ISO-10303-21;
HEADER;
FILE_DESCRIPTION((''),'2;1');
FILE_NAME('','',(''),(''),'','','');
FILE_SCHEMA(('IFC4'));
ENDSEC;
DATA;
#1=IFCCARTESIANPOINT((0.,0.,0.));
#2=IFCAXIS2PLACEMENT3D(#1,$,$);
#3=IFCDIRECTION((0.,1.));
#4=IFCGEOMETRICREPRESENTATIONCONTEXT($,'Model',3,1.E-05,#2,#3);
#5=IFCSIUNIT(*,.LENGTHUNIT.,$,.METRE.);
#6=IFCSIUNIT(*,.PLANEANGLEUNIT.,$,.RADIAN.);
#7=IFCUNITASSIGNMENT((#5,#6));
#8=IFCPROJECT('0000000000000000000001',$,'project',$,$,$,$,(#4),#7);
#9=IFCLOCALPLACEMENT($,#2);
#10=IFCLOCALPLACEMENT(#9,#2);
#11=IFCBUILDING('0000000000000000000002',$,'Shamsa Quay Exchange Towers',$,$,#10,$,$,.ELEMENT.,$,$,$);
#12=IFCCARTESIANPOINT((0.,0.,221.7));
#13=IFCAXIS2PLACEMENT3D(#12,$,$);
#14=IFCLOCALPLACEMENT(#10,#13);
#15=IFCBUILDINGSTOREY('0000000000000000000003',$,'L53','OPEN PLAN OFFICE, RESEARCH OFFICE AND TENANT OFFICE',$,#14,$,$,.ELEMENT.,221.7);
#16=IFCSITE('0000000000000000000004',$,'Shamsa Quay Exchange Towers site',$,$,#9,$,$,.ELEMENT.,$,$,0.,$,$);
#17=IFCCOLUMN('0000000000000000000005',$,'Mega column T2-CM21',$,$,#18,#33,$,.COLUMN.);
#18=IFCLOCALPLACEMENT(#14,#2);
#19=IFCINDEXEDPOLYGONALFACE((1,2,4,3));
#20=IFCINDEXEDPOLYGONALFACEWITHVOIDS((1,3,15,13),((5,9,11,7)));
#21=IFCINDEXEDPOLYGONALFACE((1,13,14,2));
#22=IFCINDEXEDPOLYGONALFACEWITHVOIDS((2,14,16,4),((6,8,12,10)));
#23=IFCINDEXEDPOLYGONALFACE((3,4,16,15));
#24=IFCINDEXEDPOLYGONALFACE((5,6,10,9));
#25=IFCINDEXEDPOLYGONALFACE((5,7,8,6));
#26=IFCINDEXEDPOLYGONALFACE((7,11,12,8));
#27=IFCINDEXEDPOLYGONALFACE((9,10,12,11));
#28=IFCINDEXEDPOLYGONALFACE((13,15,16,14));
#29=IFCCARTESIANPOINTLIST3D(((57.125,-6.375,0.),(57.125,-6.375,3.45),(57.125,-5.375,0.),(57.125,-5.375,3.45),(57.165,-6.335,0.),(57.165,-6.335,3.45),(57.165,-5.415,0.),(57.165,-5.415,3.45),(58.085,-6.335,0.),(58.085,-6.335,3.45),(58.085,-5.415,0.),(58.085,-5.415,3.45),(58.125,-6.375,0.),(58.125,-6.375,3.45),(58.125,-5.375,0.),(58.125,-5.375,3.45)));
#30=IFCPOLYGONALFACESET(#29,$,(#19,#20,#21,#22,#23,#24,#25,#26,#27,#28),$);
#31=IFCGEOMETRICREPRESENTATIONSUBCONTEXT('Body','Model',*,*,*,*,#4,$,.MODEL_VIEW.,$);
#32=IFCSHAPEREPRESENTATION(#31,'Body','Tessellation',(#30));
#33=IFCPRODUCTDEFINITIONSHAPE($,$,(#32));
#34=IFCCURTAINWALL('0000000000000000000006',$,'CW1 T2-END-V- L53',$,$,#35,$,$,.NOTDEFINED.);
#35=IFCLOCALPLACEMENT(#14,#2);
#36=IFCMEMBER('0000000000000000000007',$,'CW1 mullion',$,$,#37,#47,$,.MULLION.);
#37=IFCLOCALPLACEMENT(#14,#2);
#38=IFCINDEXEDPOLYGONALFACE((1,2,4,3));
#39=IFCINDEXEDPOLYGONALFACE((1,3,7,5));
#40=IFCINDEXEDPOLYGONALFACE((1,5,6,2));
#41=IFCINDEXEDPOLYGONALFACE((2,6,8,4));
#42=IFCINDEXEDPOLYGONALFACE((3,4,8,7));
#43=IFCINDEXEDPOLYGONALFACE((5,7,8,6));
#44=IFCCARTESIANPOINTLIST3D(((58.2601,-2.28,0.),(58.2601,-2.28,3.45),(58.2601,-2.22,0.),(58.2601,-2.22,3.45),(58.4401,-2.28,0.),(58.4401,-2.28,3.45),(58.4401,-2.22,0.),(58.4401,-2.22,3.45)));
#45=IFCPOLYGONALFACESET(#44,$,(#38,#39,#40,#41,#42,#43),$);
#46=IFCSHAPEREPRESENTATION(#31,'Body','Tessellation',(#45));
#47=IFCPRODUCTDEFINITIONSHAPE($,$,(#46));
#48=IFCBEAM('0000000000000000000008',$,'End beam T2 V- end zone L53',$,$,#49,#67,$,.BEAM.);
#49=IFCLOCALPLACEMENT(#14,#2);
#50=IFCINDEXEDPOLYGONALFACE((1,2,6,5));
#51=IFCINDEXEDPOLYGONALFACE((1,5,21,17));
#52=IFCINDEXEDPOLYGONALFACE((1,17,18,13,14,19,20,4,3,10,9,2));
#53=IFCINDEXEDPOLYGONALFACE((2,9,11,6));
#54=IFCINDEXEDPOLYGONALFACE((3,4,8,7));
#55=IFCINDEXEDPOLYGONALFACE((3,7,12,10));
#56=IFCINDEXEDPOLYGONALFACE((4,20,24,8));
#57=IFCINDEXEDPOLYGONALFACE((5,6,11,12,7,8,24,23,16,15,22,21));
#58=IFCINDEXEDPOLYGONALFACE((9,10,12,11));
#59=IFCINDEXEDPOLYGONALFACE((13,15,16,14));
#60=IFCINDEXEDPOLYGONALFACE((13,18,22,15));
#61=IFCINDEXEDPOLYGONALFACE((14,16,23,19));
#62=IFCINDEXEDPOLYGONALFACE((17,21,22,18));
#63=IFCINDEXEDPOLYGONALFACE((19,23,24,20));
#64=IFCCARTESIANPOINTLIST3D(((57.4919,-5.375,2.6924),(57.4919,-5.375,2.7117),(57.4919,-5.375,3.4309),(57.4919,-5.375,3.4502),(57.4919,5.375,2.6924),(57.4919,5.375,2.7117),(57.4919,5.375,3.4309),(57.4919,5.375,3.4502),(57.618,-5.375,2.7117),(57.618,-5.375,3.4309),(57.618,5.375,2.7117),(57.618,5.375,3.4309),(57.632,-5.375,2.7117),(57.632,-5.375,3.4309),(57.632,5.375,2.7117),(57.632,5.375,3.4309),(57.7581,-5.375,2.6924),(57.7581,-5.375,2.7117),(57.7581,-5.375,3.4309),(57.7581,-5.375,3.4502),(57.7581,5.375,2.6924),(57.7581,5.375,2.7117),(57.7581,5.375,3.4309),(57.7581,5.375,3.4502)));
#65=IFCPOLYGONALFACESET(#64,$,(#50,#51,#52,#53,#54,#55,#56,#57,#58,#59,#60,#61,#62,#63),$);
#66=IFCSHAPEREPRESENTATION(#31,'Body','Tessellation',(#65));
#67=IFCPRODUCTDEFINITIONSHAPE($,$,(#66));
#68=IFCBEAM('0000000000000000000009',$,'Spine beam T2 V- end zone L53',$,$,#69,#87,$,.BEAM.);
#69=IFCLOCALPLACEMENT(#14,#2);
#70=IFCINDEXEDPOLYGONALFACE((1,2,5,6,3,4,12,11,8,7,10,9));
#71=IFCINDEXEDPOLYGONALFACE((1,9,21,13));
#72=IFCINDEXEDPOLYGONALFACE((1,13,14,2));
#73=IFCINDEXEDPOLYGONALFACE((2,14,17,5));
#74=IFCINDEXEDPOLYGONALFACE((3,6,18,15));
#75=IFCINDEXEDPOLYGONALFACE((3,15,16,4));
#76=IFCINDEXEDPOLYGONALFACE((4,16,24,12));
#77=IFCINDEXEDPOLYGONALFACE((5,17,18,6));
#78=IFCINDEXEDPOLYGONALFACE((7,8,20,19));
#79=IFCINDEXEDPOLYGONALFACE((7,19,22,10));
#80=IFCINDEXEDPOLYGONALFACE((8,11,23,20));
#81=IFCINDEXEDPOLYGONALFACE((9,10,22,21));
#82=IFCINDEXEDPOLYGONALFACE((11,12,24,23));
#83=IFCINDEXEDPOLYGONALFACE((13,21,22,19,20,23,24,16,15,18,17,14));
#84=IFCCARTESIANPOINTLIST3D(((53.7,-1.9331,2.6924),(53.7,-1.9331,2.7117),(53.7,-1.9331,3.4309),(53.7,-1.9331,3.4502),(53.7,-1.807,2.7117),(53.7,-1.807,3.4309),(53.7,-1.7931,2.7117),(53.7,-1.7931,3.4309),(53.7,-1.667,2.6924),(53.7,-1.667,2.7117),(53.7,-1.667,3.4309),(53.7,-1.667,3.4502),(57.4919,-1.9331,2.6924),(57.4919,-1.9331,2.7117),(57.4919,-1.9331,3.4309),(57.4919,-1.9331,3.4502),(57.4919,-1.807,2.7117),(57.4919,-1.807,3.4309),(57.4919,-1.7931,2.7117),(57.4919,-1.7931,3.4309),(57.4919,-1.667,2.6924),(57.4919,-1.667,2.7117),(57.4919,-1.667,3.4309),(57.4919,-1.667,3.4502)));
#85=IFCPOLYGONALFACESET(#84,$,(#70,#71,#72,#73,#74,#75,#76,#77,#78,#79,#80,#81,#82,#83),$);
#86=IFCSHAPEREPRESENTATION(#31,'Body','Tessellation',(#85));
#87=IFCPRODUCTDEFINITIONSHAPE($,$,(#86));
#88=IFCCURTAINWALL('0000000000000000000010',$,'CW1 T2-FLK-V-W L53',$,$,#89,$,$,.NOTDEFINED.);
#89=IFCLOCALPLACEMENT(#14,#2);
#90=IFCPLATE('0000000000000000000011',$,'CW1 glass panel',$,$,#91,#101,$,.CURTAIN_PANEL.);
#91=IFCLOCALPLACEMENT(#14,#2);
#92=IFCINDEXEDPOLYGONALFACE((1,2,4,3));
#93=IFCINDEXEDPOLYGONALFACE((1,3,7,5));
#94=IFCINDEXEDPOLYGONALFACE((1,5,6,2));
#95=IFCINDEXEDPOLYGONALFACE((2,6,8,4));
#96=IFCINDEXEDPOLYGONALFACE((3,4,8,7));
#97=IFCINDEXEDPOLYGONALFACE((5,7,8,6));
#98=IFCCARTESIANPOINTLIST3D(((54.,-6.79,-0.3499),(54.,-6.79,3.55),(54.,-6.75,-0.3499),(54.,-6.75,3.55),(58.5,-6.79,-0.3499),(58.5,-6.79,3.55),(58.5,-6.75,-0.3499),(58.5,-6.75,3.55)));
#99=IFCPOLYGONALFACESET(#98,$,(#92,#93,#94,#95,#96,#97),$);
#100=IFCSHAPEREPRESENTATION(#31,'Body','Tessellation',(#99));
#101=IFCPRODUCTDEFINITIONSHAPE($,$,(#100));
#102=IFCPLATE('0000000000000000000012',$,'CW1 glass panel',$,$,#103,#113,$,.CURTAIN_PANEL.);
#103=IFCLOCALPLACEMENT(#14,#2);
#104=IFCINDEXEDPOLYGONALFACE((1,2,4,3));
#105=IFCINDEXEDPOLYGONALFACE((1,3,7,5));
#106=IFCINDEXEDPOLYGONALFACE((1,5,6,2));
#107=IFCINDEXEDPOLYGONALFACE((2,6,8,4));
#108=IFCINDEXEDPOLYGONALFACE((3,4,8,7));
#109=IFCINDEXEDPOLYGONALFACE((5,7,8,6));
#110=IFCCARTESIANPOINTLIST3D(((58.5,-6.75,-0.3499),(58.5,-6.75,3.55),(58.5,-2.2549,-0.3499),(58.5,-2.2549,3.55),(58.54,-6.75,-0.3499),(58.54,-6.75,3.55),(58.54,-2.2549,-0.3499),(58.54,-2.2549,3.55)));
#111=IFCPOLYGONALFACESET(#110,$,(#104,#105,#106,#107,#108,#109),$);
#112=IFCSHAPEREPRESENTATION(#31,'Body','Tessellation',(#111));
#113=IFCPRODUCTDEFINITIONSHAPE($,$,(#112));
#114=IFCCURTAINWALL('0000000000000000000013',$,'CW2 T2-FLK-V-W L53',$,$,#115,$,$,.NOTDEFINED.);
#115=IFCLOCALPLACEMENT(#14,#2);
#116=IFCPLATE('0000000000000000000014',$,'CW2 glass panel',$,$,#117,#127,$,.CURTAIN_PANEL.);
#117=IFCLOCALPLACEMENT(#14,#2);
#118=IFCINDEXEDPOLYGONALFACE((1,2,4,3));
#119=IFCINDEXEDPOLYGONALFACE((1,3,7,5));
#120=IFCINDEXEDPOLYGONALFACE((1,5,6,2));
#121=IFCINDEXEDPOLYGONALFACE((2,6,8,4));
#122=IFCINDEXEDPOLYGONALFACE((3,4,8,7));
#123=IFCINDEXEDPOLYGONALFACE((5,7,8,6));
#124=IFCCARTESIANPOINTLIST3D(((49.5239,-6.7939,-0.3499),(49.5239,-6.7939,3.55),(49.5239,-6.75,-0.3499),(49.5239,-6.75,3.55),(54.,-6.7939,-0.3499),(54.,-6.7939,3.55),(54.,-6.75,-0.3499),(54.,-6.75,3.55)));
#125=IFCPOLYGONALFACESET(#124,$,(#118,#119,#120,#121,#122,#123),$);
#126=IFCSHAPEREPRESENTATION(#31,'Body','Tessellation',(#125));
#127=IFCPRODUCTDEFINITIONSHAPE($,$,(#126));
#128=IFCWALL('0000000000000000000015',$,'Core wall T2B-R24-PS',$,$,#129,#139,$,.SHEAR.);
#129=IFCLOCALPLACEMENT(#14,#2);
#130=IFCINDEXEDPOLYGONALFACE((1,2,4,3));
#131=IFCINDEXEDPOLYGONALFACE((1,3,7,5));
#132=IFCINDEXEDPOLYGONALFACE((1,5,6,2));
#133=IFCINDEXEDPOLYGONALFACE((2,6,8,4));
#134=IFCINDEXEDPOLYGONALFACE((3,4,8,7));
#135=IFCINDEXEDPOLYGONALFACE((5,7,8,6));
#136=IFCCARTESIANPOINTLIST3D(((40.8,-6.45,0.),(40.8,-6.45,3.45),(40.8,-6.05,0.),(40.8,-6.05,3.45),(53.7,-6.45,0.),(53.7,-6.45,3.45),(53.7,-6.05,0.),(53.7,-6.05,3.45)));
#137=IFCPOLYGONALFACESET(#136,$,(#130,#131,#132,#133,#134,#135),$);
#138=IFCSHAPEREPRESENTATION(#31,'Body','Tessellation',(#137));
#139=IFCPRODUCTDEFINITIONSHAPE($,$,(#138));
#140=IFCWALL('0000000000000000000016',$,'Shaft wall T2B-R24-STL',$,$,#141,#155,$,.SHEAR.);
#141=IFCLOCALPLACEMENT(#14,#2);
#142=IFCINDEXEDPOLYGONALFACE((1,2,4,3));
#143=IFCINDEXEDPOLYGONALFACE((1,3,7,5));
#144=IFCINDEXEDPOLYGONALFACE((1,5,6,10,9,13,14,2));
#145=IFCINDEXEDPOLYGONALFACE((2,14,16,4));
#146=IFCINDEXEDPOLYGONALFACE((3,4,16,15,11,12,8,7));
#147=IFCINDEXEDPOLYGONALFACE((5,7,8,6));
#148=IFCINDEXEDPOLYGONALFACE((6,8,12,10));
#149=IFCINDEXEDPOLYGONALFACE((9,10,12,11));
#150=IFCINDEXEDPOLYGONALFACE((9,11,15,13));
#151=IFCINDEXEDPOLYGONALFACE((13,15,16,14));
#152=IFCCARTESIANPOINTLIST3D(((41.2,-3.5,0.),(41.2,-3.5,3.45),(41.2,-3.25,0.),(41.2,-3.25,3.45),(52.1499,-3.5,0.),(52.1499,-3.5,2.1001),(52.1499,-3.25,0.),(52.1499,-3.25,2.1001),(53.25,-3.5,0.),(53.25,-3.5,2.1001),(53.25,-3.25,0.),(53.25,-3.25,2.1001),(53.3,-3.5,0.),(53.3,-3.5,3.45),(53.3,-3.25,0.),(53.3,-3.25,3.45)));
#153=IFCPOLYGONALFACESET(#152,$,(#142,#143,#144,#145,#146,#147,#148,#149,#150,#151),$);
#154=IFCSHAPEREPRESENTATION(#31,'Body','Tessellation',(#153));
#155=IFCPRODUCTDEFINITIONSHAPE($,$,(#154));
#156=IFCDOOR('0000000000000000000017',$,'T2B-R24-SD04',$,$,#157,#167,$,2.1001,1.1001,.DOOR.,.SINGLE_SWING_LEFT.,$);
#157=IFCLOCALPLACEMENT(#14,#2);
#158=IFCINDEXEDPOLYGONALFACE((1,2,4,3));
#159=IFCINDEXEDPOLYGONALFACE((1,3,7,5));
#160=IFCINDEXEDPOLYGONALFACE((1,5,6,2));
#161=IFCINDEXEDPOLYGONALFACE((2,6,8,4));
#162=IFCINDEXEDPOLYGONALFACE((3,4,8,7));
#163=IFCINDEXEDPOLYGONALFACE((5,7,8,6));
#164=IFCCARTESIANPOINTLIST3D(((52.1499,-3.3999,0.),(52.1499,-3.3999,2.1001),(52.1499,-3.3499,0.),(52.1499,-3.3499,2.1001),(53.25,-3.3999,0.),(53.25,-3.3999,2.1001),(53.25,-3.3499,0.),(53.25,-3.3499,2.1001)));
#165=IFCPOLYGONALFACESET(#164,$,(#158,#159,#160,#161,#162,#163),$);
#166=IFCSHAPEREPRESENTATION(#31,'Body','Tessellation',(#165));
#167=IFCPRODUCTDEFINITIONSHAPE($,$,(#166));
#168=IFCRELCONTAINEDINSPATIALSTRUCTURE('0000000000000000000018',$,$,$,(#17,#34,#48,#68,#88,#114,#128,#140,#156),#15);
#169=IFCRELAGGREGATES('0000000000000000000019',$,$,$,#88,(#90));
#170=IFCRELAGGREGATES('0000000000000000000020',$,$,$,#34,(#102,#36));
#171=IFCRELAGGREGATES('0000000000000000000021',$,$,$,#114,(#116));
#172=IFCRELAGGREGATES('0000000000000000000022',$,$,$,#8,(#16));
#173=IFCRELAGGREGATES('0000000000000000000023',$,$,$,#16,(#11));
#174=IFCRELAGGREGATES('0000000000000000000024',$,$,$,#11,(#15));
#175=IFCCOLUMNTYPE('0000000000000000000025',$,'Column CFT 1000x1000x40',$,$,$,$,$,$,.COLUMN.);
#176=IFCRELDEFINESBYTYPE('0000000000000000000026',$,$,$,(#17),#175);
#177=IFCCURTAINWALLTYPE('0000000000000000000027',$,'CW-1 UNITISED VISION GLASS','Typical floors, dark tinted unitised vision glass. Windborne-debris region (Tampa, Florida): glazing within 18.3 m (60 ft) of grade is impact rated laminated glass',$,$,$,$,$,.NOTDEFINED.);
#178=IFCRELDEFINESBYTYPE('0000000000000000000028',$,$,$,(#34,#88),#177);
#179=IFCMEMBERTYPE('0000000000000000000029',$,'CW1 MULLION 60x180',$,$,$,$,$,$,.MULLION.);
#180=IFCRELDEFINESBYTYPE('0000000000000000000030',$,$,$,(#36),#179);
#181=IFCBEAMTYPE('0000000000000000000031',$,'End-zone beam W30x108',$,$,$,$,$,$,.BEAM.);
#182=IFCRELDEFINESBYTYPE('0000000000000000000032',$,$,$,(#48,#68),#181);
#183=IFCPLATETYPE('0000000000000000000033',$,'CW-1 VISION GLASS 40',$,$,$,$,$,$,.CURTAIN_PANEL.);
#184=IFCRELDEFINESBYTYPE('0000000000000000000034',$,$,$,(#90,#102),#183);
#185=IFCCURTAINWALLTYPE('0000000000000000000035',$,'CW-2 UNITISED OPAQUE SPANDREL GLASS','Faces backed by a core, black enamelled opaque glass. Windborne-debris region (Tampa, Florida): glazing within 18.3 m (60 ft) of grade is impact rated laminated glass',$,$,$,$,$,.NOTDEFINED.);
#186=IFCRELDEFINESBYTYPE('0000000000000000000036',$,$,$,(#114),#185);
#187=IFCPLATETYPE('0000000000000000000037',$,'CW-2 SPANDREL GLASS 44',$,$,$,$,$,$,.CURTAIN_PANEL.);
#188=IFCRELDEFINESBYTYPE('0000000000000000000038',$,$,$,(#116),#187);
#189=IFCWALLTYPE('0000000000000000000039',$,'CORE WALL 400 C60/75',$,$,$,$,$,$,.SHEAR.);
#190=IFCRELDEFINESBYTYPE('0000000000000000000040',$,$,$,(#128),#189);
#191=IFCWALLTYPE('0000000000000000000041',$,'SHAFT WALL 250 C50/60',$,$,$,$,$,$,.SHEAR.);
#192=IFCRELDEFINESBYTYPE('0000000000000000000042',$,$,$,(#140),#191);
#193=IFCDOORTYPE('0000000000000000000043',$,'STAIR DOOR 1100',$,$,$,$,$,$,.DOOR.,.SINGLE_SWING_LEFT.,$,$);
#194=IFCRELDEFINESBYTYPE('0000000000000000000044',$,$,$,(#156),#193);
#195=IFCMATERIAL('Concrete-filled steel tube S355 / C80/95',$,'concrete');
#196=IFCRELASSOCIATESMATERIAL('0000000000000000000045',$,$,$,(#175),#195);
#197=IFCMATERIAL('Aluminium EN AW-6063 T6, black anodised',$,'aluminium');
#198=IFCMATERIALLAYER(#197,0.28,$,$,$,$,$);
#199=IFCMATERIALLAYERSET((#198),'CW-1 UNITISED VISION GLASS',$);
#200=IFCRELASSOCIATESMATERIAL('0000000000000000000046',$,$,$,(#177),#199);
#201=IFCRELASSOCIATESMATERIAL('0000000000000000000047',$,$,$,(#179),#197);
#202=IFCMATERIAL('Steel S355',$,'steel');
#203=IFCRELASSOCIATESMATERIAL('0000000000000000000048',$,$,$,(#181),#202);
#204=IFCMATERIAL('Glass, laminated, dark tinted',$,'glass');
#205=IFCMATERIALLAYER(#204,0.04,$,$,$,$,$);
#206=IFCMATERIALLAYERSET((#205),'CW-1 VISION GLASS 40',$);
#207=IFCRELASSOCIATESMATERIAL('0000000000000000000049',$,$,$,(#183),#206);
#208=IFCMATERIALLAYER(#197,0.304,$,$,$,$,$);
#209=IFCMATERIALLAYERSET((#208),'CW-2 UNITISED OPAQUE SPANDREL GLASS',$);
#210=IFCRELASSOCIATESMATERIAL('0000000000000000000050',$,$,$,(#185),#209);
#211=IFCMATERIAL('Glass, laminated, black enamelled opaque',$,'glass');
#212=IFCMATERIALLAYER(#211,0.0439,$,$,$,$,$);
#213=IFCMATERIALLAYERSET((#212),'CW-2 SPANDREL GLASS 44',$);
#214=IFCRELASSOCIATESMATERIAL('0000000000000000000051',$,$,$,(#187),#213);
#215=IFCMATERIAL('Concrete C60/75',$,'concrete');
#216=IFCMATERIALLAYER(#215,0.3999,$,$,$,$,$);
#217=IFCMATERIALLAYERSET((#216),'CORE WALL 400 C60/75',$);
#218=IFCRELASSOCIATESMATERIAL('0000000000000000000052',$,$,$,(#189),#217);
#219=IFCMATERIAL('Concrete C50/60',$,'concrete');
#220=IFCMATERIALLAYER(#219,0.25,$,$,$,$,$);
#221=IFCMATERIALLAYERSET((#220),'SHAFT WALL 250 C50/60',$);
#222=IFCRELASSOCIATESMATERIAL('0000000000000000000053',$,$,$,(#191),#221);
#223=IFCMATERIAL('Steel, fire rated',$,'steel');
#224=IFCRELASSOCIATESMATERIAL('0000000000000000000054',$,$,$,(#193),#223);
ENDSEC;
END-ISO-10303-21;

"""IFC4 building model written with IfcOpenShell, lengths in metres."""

from ifc_helpers import new_model, si_unit, direction, frame, frame_2d, origin, origin_2d, place, context, subcontext, project, spatial, rectangle, hollow_rectangle, i_section, extrude, material, layer, layer_set, material_profile, profile_set, type_object, element, fill, aggregate, save


model = new_model("IFC4")

# Units and contexts
model_context = context("Model", 3, precision=1e-05, world=origin(), true_north=direction((0.0, 1.0)))
body_context = subcontext(model_context, "Body", "Model", "MODEL_VIEW")
ifc_project = project(units=[si_unit("LENGTHUNIT", "METRE"), si_unit("PLANEANGLEUNIT", "RADIAN")], contexts=[model_context])

# Site, building, storey
site_placement = place(None, origin())
site = spatial("IfcSite", under=ifc_project, at=site_placement, Name="Shamsa Quay Exchange Towers site", CompositionType="ELEMENT", RefElevation=0.0)
building_placement = place(site_placement, origin())
building = spatial("IfcBuilding", under=site, at=building_placement, Name="Shamsa Quay Exchange Towers", CompositionType="ELEMENT")
storey_placement = place(building_placement, frame((0.0, 0.0, 221.7)))
storey = spatial("IfcBuildingStorey", under=building, at=storey_placement, Name="L53", Description="OPEN PLAN OFFICE, RESEARCH OFFICE AND TENANT OFFICE", CompositionType="ELEMENT", Elevation=221.7)

# Column
ifc_material_1 = material(Name="Concrete-filled steel tube S355 / C80/95", Category="concrete")
ifc_material_profile_1 = material_profile(ifc_material_1, hollow_rectangle(XDim=1.0, YDim=1.0, WallThickness=0.04, at=origin_2d()), Name="CFT 1000x1000x40")
ifc_profile_set_1 = profile_set([ifc_material_profile_1], Name="Concrete-filled steel tube S355 / C80/95")
column_type = type_object("IfcColumnType", Name="Column CFT 1000x1000x40", PredefinedType="COLUMN", material=ifc_profile_set_1)
column_placement = place(storey_placement, frame((57.625, -5.875, 0.0)))
element("IfcColumn", 1, at=column_placement, inside=storey, type_object=column_type, Name="Mega column T2-CM21", PredefinedType="COLUMN", context=body_context, shape_type="SweptSolid", body=[
    extrude(hollow_rectangle(XDim=1.0, YDim=1.0, WallThickness=0.04, at=origin_2d()), origin(), (0.0, 0.0, 1.0), 3.45),
])

# Curtain wall, member
ifc_material_2 = material(Name="Aluminium EN AW-6063 T6, black anodised", Category="aluminium")
ifc_layer_1 = layer(ifc_material_2, 0.28)
ifc_layer_set_1 = layer_set([ifc_layer_1], Name="CW-1 UNITISED VISION GLASS")
curtain_wall_type_1 = type_object("IfcCurtainWallType", Name="CW-1 UNITISED VISION GLASS", Description="Typical floors, dark tinted unitised vision glass. Windborne-debris region (Tampa, Florida): glazing within 18.3 m (60 ft) of grade is impact rated laminated glass", PredefinedType="NOTDEFINED", material=ifc_layer_set_1)
curtain_wall_1_placement = place(storey_placement, origin())
curtain_wall_1 = element("IfcCurtainWall", 2, at=curtain_wall_1_placement, inside=storey, type_object=curtain_wall_type_1, Name="CW1 T2-END-V- L53", PredefinedType="NOTDEFINED")
ifc_material_profile_2 = material_profile(ifc_material_2, rectangle(XDim=0.1799, YDim=0.0601, at=origin_2d()), Name="MU60x180")
ifc_profile_set_2 = profile_set([ifc_material_profile_2], Name="Aluminium EN AW-6063 T6, black anodised")
member_type = type_object("IfcMemberType", Name="CW1 MULLION 60x180", PredefinedType="MULLION", material=ifc_profile_set_2)
member_placement = place(storey_placement, frame((58.3501, -2.25, 0.0), z_axis=(0.0, 0.0, 1.0), x_axis=(-1.0, 0.0, 0.0)))
member = element("IfcMember", 3, at=member_placement, type_object=member_type, Name="CW1 mullion", PredefinedType="MULLION", context=body_context, shape_type="SweptSolid", body=[
    extrude(rectangle(XDim=0.1799, YDim=0.0601, at=origin_2d()), origin(), (0.0, 0.0, 1.0), 3.45),
])

# Beams
ifc_material_3 = material(Name="Steel S355", Category="steel")
ifc_material_profile_3 = material_profile(ifc_material_3, i_section(OverallWidth=0.2661, OverallDepth=0.7578, WebThickness=0.0139, FlangeThickness=0.0193, at=origin_2d()), Name="W30x108")
ifc_profile_set_3 = profile_set([ifc_material_profile_3], Name="Steel S355")
beam_type = type_object("IfcBeamType", Name="End-zone beam W30x108", PredefinedType="BEAM", material=ifc_profile_set_3)
beam_1_placement = place(storey_placement, frame((57.625, -5.375, 3.0713), z_axis=(0.0, 1.0, 0.0), x_axis=(-1.0, 0.0, 0.0)))
element("IfcBeam", 4, at=beam_1_placement, inside=storey, type_object=beam_type, Name="End beam T2 V- end zone L53", PredefinedType="BEAM", context=body_context, shape_type="SweptSolid", body=[
    extrude(i_section(OverallWidth=0.2661, OverallDepth=0.7578, WebThickness=0.0139, FlangeThickness=0.0193, at=origin_2d()), origin(), (0.0, 0.0, 1.0), 10.75),
])
beam_2_placement = place(storey_placement, frame((53.7, -1.8, 3.0713), z_axis=(1.0, 0.0, 0.0), x_axis=(0.0, 1.0, 0.0)))
element("IfcBeam", 5, at=beam_2_placement, inside=storey, type_object=beam_type, Name="Spine beam T2 V- end zone L53", PredefinedType="BEAM", context=body_context, shape_type="SweptSolid", body=[
    extrude(i_section(OverallWidth=0.2661, OverallDepth=0.7578, WebThickness=0.0139, FlangeThickness=0.0193, at=origin_2d()), origin(), (0.0, 0.0, 1.0), 3.792),
])

# Curtain wall, plate
curtain_wall_2_placement = place(storey_placement, origin())
curtain_wall_2 = element("IfcCurtainWall", 6, at=curtain_wall_2_placement, inside=storey, type_object=curtain_wall_type_1, Name="CW1 T2-FLK-V-W L53", PredefinedType="NOTDEFINED")
ifc_material_4 = material(Name="Glass, laminated, dark tinted", Category="glass")
ifc_layer_2 = layer(ifc_material_4, 0.04)
ifc_layer_set_2 = layer_set([ifc_layer_2], Name="CW-1 VISION GLASS 40")
plate_type_1 = type_object("IfcPlateType", Name="CW-1 VISION GLASS 40", PredefinedType="CURTAIN_PANEL", material=ifc_layer_set_2)
plate_1_placement = place(storey_placement, frame((56.25, -6.77, -0.3499)))
plate_1 = element("IfcPlate", 7, at=plate_1_placement, type_object=plate_type_1, Name="CW1 glass panel", PredefinedType="CURTAIN_PANEL", context=body_context, shape_type="SweptSolid", body=[
    extrude(rectangle(XDim=4.5, YDim=0.04, at=origin_2d()), origin(), (0.0, 0.0, 1.0), 3.8999),
])
aggregate(curtain_wall_2, [plate_1])

# Plate
plate_2_placement = place(storey_placement, frame((58.52, -4.5024, -0.3499), z_axis=(0.0, 0.0, 1.0), x_axis=(0.0, 1.0, 0.0)))
plate_2 = element("IfcPlate", 8, at=plate_2_placement, type_object=plate_type_1, Name="CW1 glass panel", PredefinedType="CURTAIN_PANEL", context=body_context, shape_type="SweptSolid", body=[
    extrude(rectangle(XDim=4.4951, YDim=0.04, at=origin_2d()), origin(), (0.0, 0.0, 1.0), 3.8999),
])
aggregate(curtain_wall_1, [plate_2, member])

# Curtain wall, plate
ifc_layer_3 = layer(ifc_material_2, 0.304)
ifc_layer_set_3 = layer_set([ifc_layer_3], Name="CW-2 UNITISED OPAQUE SPANDREL GLASS")
curtain_wall_type_2 = type_object("IfcCurtainWallType", Name="CW-2 UNITISED OPAQUE SPANDREL GLASS", Description="Faces backed by a core, black enamelled opaque glass. Windborne-debris region (Tampa, Florida): glazing within 18.3 m (60 ft) of grade is impact rated laminated glass", PredefinedType="NOTDEFINED", material=ifc_layer_set_3)
curtain_wall_3_placement = place(storey_placement, origin())
curtain_wall_3 = element("IfcCurtainWall", 9, at=curtain_wall_3_placement, inside=storey, type_object=curtain_wall_type_2, Name="CW2 T2-FLK-V-W L53", PredefinedType="NOTDEFINED")
ifc_material_5 = material(Name="Glass, laminated, black enamelled opaque", Category="glass")
ifc_layer_4 = layer(ifc_material_5, 0.0439)
ifc_layer_set_4 = layer_set([ifc_layer_4], Name="CW-2 SPANDREL GLASS 44")
plate_type_2 = type_object("IfcPlateType", Name="CW-2 SPANDREL GLASS 44", PredefinedType="CURTAIN_PANEL", material=ifc_layer_set_4)
plate_3_placement = place(storey_placement, frame((51.762, -6.772, -0.3499)))
plate_3 = element("IfcPlate", 10, at=plate_3_placement, type_object=plate_type_2, Name="CW2 glass panel", PredefinedType="CURTAIN_PANEL", context=body_context, shape_type="SweptSolid", body=[
    extrude(rectangle(XDim=4.4761, YDim=0.0439, at=origin_2d()), origin(), (0.0, 0.0, 1.0), 3.8999),
])
aggregate(curtain_wall_3, [plate_3])

# Wall
ifc_material_6 = material(Name="Concrete C60/75", Category="concrete")
ifc_layer_5 = layer(ifc_material_6, 0.3999)
ifc_layer_set_5 = layer_set([ifc_layer_5], Name="CORE WALL 400 C60/75")
wall_type_1 = type_object("IfcWallType", Name="CORE WALL 400 C60/75", PredefinedType="SHEAR", material=ifc_layer_set_5)
wall_1_placement = place(storey_placement, frame((53.7, -6.25, 0.0), z_axis=(0.0, 0.0, 1.0), x_axis=(-1.0, 0.0, 0.0)))
element("IfcWall", 11, at=wall_1_placement, inside=storey, type_object=wall_type_1, Name="Core wall T2B-R24-PS", PredefinedType="SHEAR", context=body_context, shape_type="SweptSolid", body=[
    extrude(rectangle(XDim=12.8999, YDim=0.3999, at=frame_2d((6.45, 0.0))), origin(), (0.0, 0.0, 1.0), 3.45),
])

# Wall, opening, door
ifc_material_7 = material(Name="Steel, fire rated", Category="steel")
ifc_material_8 = material(Name="Concrete C50/60", Category="concrete")
ifc_layer_6 = layer(ifc_material_8, 0.25)
ifc_layer_set_6 = layer_set([ifc_layer_6], Name="SHAFT WALL 250 C50/60")
wall_type_2 = type_object("IfcWallType", Name="SHAFT WALL 250 C50/60", PredefinedType="SHEAR", material=ifc_layer_set_6)
wall_2_placement = place(storey_placement, frame((53.3, -3.375, 0.0), z_axis=(0.0, 0.0, 1.0), x_axis=(-1.0, 0.0, 0.0)))
wall_2 = element("IfcWall", 12, at=wall_2_placement, inside=storey, type_object=wall_type_2, Name="Shaft wall T2B-R24-STL", PredefinedType="SHEAR", context=body_context, shape_type="SweptSolid", body=[
    extrude(rectangle(XDim=12.1001, YDim=0.25, at=frame_2d((6.05, 0.0))), origin(), (0.0, 0.0, 1.0), 3.45),
])
opening_1_placement = place(wall_2_placement, frame((0.05, 0.0, 0.0)))
opening_1 = element("IfcOpeningElement", 13, at=opening_1_placement, cuts=wall_2, PredefinedType="OPENING", context=body_context, shape_type="SweptSolid", body=[
    extrude(rectangle(XDim=1.1001, YDim=2.1001, at=frame_2d((0.55, 1.05))), frame((0.0, 0.135, 0.0), z_axis=(0.0, -1.0, 0.0), x_axis=(1.0, 0.0, 0.0)), (0.0, 0.0, 1.0), 0.27),
])
door_type_1 = type_object("IfcDoorType", Name="STAIR DOOR 1100", OperationType="SINGLE_SWING_LEFT", PredefinedType="DOOR", material=ifc_material_7)
door_1_placement = place(opening_1_placement, origin())
door_1 = element("IfcDoor", 14, at=door_1_placement, inside=storey, type_object=door_type_1, Name="T2B-R24-SD04", OperationType="SINGLE_SWING_LEFT", OverallHeight=2.1001, OverallWidth=1.1001, PredefinedType="DOOR", context=body_context, shape_type="SweptSolid", body=[
    extrude(rectangle(XDim=1.1001, YDim=2.1001, at=frame_2d((0.55, 1.05))), frame((0.0, 0.0249, 0.0), z_axis=(0.0, -1.0, 0.0), x_axis=(1.0, 0.0, 0.0)), (0.0, 0.0, 1.0), 0.05),
])
fill(opening_1, door_1)

save(model, "model.ifc")
